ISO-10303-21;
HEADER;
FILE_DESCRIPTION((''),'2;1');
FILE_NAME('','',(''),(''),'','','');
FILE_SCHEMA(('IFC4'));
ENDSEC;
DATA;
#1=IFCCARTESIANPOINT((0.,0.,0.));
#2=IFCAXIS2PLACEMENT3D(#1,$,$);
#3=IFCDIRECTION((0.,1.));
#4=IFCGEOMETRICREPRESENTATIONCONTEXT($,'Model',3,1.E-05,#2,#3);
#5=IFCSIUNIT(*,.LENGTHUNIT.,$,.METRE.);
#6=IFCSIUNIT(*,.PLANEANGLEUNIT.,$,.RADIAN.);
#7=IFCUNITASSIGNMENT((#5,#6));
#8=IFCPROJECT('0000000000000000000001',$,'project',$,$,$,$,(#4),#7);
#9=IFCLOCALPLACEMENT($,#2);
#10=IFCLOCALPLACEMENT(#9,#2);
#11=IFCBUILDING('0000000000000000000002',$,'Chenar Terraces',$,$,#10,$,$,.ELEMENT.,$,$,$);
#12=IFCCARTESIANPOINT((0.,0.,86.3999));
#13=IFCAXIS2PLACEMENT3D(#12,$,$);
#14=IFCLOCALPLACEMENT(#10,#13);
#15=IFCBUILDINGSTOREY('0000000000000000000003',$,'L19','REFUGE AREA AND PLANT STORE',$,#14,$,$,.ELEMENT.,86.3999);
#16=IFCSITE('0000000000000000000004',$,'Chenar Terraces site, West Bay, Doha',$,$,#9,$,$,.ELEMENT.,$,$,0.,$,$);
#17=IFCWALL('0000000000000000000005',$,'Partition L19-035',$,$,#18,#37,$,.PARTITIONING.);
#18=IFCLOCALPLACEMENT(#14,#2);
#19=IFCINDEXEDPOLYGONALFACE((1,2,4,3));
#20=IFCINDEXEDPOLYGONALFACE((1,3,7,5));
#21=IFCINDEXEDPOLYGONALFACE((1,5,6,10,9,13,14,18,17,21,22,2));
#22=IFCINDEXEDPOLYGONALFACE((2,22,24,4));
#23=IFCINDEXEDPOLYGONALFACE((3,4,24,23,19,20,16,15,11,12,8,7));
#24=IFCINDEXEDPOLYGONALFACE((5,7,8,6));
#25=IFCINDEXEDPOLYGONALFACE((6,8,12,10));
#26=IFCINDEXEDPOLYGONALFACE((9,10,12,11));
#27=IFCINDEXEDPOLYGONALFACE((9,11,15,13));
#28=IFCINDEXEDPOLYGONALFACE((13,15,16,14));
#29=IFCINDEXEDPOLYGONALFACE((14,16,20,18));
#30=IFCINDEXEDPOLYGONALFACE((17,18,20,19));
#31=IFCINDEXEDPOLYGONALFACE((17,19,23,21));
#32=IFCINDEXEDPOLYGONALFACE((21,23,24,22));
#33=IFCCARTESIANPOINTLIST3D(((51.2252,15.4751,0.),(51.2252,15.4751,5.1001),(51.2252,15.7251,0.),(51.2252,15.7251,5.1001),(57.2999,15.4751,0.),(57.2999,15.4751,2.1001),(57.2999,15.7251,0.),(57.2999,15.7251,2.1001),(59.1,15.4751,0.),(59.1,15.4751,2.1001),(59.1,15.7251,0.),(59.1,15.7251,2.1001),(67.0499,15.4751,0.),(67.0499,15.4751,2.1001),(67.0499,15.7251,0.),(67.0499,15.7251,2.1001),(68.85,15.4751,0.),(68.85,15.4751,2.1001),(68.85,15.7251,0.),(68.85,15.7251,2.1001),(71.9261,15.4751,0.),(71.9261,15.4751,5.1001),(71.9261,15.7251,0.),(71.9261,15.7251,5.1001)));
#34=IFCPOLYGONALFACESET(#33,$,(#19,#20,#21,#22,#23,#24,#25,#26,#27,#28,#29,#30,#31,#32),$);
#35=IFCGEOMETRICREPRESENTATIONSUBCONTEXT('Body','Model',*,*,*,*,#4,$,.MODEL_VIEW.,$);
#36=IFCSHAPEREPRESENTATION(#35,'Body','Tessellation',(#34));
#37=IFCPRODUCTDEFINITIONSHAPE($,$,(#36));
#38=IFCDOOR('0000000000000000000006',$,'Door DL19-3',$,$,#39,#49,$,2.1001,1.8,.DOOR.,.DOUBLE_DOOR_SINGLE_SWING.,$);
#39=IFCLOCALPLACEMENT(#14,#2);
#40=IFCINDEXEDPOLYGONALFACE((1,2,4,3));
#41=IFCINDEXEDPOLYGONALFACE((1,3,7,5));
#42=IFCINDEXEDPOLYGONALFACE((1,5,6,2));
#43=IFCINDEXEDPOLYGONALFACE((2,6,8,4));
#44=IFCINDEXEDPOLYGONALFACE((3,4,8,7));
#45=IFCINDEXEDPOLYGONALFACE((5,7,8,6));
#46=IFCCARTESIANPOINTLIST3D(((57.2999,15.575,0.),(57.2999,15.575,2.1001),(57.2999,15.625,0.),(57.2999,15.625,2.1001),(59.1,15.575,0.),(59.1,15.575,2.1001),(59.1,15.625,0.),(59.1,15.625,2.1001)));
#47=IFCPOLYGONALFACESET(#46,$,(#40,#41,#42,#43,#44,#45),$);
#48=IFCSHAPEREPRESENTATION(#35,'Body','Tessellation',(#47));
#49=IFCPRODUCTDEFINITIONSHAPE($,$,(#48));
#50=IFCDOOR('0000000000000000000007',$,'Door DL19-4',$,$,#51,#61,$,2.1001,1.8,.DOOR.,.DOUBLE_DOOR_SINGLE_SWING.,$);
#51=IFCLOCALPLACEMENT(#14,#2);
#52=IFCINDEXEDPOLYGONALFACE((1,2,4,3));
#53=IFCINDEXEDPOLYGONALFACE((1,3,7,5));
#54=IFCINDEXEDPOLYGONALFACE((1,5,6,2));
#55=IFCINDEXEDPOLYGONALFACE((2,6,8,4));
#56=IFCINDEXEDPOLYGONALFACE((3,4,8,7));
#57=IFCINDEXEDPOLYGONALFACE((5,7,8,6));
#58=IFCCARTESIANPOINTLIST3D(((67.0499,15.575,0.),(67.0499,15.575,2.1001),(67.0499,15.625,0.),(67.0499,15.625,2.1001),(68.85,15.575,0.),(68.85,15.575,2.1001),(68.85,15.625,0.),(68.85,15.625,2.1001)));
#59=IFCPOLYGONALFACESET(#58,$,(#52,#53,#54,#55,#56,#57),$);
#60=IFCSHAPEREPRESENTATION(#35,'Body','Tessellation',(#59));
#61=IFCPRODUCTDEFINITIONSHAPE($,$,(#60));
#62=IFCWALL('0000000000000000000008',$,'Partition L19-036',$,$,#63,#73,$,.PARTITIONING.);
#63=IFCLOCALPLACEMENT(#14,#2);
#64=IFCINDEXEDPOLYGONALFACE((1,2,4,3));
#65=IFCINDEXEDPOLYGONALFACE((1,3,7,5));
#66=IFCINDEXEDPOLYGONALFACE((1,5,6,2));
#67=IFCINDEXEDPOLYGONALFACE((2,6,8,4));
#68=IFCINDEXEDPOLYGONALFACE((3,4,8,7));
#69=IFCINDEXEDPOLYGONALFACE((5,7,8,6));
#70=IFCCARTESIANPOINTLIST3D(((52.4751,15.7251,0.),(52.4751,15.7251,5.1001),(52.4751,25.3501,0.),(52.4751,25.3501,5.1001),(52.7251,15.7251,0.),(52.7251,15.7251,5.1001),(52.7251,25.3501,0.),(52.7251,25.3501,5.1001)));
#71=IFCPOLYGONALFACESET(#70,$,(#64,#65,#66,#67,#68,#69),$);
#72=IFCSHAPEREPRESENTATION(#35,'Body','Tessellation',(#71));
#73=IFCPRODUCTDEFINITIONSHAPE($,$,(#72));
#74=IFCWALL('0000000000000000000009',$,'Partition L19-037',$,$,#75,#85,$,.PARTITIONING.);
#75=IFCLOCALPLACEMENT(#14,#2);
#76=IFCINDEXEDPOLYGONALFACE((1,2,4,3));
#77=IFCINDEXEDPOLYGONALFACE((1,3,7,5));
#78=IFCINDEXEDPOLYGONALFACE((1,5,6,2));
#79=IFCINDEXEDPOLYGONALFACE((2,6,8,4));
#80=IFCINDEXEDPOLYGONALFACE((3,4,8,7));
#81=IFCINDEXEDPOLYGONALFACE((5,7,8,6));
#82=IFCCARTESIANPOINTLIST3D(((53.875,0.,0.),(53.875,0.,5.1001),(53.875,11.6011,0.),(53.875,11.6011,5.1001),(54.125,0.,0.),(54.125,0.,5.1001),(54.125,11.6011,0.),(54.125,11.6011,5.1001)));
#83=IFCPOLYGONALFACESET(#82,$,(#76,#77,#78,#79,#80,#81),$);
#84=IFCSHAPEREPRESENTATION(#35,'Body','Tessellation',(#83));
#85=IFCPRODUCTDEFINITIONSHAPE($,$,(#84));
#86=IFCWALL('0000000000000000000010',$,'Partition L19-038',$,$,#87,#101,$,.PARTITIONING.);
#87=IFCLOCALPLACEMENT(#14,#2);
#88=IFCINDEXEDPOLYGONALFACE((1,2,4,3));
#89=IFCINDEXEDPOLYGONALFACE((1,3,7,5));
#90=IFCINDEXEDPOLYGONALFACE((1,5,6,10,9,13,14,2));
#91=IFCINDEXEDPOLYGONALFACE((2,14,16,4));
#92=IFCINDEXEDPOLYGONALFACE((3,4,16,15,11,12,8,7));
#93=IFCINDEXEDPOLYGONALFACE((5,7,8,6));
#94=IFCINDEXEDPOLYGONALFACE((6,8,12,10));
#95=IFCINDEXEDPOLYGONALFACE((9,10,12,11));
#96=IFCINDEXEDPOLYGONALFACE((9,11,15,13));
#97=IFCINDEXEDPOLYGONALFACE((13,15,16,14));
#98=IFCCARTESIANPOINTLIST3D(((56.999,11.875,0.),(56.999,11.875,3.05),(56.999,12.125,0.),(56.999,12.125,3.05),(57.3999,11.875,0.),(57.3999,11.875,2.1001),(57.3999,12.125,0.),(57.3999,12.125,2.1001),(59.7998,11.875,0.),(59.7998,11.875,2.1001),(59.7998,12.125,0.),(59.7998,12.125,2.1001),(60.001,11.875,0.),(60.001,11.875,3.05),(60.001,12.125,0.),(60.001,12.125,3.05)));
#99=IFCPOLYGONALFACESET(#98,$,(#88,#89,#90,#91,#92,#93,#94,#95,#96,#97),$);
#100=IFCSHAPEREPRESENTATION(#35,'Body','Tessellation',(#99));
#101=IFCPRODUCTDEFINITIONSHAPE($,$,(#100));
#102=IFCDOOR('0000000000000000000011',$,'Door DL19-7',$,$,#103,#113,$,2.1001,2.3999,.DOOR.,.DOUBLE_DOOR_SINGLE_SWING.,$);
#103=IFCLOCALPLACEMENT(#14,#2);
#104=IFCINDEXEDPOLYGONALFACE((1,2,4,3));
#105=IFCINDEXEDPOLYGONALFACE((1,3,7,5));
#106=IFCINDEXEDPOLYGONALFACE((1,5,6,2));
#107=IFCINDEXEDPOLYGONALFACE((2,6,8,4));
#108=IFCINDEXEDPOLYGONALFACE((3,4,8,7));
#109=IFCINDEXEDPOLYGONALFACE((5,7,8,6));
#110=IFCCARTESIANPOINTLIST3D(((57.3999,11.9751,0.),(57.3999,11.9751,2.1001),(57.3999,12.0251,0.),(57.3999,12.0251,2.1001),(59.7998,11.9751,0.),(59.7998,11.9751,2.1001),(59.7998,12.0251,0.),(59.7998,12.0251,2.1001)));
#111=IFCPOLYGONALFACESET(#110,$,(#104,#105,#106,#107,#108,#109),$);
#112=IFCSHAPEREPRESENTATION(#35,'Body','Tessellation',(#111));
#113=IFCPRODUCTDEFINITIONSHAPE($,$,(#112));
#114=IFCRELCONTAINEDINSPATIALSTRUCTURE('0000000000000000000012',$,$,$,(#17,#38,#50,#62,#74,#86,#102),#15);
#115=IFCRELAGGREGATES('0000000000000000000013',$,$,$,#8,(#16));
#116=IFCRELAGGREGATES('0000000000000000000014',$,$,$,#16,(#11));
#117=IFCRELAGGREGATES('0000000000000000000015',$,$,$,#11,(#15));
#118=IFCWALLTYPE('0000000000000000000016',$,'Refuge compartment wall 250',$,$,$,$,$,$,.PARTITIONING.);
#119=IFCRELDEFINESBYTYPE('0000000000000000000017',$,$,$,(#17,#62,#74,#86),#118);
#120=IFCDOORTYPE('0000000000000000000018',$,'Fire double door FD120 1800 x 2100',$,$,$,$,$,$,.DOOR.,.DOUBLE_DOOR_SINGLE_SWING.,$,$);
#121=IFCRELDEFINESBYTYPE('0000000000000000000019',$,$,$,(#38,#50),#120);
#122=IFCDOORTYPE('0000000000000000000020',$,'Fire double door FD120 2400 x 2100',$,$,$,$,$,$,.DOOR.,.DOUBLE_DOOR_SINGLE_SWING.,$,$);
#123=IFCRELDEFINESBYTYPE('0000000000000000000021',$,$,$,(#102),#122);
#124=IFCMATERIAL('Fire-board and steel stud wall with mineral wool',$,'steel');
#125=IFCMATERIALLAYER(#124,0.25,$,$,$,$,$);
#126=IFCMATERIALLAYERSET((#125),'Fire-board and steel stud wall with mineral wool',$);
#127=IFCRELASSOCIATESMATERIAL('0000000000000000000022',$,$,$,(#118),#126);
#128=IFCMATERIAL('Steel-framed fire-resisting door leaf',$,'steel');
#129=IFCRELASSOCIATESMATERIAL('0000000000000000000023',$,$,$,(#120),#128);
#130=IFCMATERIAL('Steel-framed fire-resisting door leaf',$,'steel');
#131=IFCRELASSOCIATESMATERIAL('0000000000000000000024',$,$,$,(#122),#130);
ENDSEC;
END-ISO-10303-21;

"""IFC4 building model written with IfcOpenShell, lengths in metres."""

from ifc_helpers import new_model, si_unit, direction, frame, frame_2d, origin, place, context, subcontext, project, spatial, rectangle, extrude, material, layer, layer_set, type_object, element, fill, save


model = new_model("IFC4")

# Units and contexts
model_context = context("Model", 3, precision=1e-05, world=origin(), true_north=direction((0.0, 1.0)))
body_context = subcontext(model_context, "Body", "Model", "MODEL_VIEW")
ifc_project = project(units=[si_unit("LENGTHUNIT", "METRE"), si_unit("PLANEANGLEUNIT", "RADIAN")], contexts=[model_context])

# Site, building, storey
site_placement = place(None, origin())
site = spatial("IfcSite", under=ifc_project, at=site_placement, Name="Chenar Terraces site, West Bay, Doha", CompositionType="ELEMENT", RefElevation=0.0)
building_placement = place(site_placement, origin())
building = spatial("IfcBuilding", under=site, at=building_placement, Name="Chenar Terraces", CompositionType="ELEMENT")
storey_placement = place(building_placement, frame((0.0, 0.0, 86.3999)))
storey = spatial("IfcBuildingStorey", under=building, at=storey_placement, Name="L19", Description="REFUGE AREA AND PLANT STORE", CompositionType="ELEMENT", Elevation=86.3999)

# Wall, openings, doors
ifc_material_1 = material(Name="Fire-board and steel stud wall with mineral wool", Category="steel")
ifc_layer_1 = layer(ifc_material_1, 0.25)
ifc_layer_set_1 = layer_set([ifc_layer_1], Name="Fire-board and steel stud wall with mineral wool")
wall_type_1 = type_object("IfcWallType", Name="Refuge compartment wall 250", PredefinedType="PARTITIONING", material=ifc_layer_set_1)
wall_1_placement = place(storey_placement, frame((51.2251, 15.6001, 0.0), z_axis=(0.0, 0.0, 1.0), x_axis=(1.0, 0.0, 0.0)))
wall_1 = element("IfcWall", 1, at=wall_1_placement, inside=storey, type_object=wall_type_1, Name="Partition L19-035", PredefinedType="PARTITIONING", context=body_context, shape_type="SweptSolid", body=[
    extrude(rectangle(XDim=20.7009, YDim=0.25, at=frame_2d((10.3506, 0.0))), origin(), (0.0, 0.0, 1.0), 5.1001),
])
opening_1_placement = place(wall_1_placement, frame((6.075, 0.0, 0.0)))
opening_1 = element("IfcOpeningElement", 2, at=opening_1_placement, cuts=wall_1, PredefinedType="OPENING", context=body_context, shape_type="SweptSolid", body=[
    extrude(rectangle(XDim=1.8, YDim=2.1001, at=frame_2d((0.8999, 1.05))), frame((0.0, 0.135, 0.0), z_axis=(0.0, -1.0, 0.0), x_axis=(1.0, 0.0, 0.0)), (0.0, 0.0, 1.0), 0.27),
])
opening_2_placement = place(wall_1_placement, frame((15.825, 0.0, 0.0)))
opening_2 = element("IfcOpeningElement", 3, at=opening_2_placement, cuts=wall_1, PredefinedType="OPENING", context=body_context, shape_type="SweptSolid", body=[
    extrude(rectangle(XDim=1.8, YDim=2.1001, at=frame_2d((0.8999, 1.05))), frame((0.0, 0.135, 0.0), z_axis=(0.0, -1.0, 0.0), x_axis=(1.0, 0.0, 0.0)), (0.0, 0.0, 1.0), 0.27),
])
ifc_material_2 = material(Name="Steel-framed fire-resisting door leaf", Category="steel")
door_type_1 = type_object("IfcDoorType", Name="Fire double door FD120 1800 x 2100", OperationType="DOUBLE_DOOR_SINGLE_SWING", PredefinedType="DOOR", material=ifc_material_2)
door_1_placement = place(opening_1_placement, origin())
door_1 = element("IfcDoor", 4, at=door_1_placement, inside=storey, type_object=door_type_1, Name="Door DL19-3", OperationType="DOUBLE_DOOR_SINGLE_SWING", OverallHeight=2.1001, OverallWidth=1.8, PredefinedType="DOOR", context=body_context, shape_type="SweptSolid", body=[
    extrude(rectangle(XDim=1.8, YDim=2.1001, at=frame_2d((0.8999, 1.05))), frame((0.0, 0.0249, 0.0), z_axis=(0.0, -1.0, 0.0), x_axis=(1.0, 0.0, 0.0)), (0.0, 0.0, 1.0), 0.05),
])
fill(opening_1, door_1)
door_2_placement = place(opening_2_placement, origin())
door_2 = element("IfcDoor", 5, at=door_2_placement, inside=storey, type_object=door_type_1, Name="Door DL19-4", OperationType="DOUBLE_DOOR_SINGLE_SWING", OverallHeight=2.1001, OverallWidth=1.8, PredefinedType="DOOR", context=body_context, shape_type="SweptSolid", body=[
    extrude(rectangle(XDim=1.8, YDim=2.1001, at=frame_2d((0.8999, 1.05))), frame((0.0, 0.0249, 0.0), z_axis=(0.0, -1.0, 0.0), x_axis=(1.0, 0.0, 0.0)), (0.0, 0.0, 1.0), 0.05),
])
fill(opening_2, door_2)

# Walls
wall_2_placement = place(storey_placement, frame((52.6001, 15.7251, 0.0), z_axis=(0.0, 0.0, 1.0), x_axis=(0.0, 1.0, 0.0)))
element("IfcWall", 6, at=wall_2_placement, inside=storey, type_object=wall_type_1, Name="Partition L19-036", PredefinedType="PARTITIONING", context=body_context, shape_type="SweptSolid", body=[
    extrude(rectangle(XDim=9.625, YDim=0.25, at=frame_2d((4.8125, 0.0))), origin(), (0.0, 0.0, 1.0), 5.1001),
])
wall_3_placement = place(storey_placement, frame((54.0, 0.0, 0.0), z_axis=(0.0, 0.0, 1.0), x_axis=(0.0, 1.0, 0.0)))
element("IfcWall", 7, at=wall_3_placement, inside=storey, type_object=wall_type_1, Name="Partition L19-037", PredefinedType="PARTITIONING", context=body_context, shape_type="SweptSolid", body=[
    extrude(rectangle(XDim=11.6011, YDim=0.25, at=frame_2d((5.8005, 0.0))), origin(), (0.0, 0.0, 1.0), 5.1001),
])

# Wall, opening, door
wall_4_placement = place(storey_placement, frame((56.999, 12.0, 0.0), z_axis=(0.0, 0.0, 1.0), x_axis=(1.0, 0.0, 0.0)))
wall_4 = element("IfcWall", 8, at=wall_4_placement, inside=storey, type_object=wall_type_1, Name="Partition L19-038", PredefinedType="PARTITIONING", context=body_context, shape_type="SweptSolid", body=[
    extrude(rectangle(XDim=3.002, YDim=0.25, at=frame_2d((1.501, 0.0))), origin(), (0.0, 0.0, 1.0), 3.05),
])
opening_3_placement = place(wall_4_placement, frame((0.4009, 0.0, 0.0)))
opening_3 = element("IfcOpeningElement", 9, at=opening_3_placement, cuts=wall_4, PredefinedType="OPENING", context=body_context, shape_type="SweptSolid", body=[
    extrude(rectangle(XDim=2.3999, YDim=2.1001, at=frame_2d((1.2, 1.05))), frame((0.0, 0.135, 0.0), z_axis=(0.0, -1.0, 0.0), x_axis=(1.0, 0.0, 0.0)), (0.0, 0.0, 1.0), 0.27),
])
ifc_material_3 = material(Name="Steel-framed fire-resisting door leaf", Category="steel")
door_type_2 = type_object("IfcDoorType", Name="Fire double door FD120 2400 x 2100", OperationType="DOUBLE_DOOR_SINGLE_SWING", PredefinedType="DOOR", material=ifc_material_3)
door_3_placement = place(opening_3_placement, frame((2.3999, 0.0, 0.0), z_axis=(0.0, 0.0, 1.0), x_axis=(-1.0, 0.0, 0.0)))
door_3 = element("IfcDoor", 10, at=door_3_placement, inside=storey, type_object=door_type_2, Name="Door DL19-7", OperationType="DOUBLE_DOOR_SINGLE_SWING", OverallHeight=2.1001, OverallWidth=2.3999, PredefinedType="DOOR", context=body_context, shape_type="SweptSolid", body=[
    extrude(rectangle(XDim=2.3999, YDim=2.1001, at=frame_2d((1.2, 1.05))), frame((0.0, 0.0249, 0.0), z_axis=(0.0, -1.0, 0.0), x_axis=(1.0, 0.0, 0.0)), (0.0, 0.0, 1.0), 0.05),
])
fill(opening_3, door_3)

save(model, "model.ifc")
